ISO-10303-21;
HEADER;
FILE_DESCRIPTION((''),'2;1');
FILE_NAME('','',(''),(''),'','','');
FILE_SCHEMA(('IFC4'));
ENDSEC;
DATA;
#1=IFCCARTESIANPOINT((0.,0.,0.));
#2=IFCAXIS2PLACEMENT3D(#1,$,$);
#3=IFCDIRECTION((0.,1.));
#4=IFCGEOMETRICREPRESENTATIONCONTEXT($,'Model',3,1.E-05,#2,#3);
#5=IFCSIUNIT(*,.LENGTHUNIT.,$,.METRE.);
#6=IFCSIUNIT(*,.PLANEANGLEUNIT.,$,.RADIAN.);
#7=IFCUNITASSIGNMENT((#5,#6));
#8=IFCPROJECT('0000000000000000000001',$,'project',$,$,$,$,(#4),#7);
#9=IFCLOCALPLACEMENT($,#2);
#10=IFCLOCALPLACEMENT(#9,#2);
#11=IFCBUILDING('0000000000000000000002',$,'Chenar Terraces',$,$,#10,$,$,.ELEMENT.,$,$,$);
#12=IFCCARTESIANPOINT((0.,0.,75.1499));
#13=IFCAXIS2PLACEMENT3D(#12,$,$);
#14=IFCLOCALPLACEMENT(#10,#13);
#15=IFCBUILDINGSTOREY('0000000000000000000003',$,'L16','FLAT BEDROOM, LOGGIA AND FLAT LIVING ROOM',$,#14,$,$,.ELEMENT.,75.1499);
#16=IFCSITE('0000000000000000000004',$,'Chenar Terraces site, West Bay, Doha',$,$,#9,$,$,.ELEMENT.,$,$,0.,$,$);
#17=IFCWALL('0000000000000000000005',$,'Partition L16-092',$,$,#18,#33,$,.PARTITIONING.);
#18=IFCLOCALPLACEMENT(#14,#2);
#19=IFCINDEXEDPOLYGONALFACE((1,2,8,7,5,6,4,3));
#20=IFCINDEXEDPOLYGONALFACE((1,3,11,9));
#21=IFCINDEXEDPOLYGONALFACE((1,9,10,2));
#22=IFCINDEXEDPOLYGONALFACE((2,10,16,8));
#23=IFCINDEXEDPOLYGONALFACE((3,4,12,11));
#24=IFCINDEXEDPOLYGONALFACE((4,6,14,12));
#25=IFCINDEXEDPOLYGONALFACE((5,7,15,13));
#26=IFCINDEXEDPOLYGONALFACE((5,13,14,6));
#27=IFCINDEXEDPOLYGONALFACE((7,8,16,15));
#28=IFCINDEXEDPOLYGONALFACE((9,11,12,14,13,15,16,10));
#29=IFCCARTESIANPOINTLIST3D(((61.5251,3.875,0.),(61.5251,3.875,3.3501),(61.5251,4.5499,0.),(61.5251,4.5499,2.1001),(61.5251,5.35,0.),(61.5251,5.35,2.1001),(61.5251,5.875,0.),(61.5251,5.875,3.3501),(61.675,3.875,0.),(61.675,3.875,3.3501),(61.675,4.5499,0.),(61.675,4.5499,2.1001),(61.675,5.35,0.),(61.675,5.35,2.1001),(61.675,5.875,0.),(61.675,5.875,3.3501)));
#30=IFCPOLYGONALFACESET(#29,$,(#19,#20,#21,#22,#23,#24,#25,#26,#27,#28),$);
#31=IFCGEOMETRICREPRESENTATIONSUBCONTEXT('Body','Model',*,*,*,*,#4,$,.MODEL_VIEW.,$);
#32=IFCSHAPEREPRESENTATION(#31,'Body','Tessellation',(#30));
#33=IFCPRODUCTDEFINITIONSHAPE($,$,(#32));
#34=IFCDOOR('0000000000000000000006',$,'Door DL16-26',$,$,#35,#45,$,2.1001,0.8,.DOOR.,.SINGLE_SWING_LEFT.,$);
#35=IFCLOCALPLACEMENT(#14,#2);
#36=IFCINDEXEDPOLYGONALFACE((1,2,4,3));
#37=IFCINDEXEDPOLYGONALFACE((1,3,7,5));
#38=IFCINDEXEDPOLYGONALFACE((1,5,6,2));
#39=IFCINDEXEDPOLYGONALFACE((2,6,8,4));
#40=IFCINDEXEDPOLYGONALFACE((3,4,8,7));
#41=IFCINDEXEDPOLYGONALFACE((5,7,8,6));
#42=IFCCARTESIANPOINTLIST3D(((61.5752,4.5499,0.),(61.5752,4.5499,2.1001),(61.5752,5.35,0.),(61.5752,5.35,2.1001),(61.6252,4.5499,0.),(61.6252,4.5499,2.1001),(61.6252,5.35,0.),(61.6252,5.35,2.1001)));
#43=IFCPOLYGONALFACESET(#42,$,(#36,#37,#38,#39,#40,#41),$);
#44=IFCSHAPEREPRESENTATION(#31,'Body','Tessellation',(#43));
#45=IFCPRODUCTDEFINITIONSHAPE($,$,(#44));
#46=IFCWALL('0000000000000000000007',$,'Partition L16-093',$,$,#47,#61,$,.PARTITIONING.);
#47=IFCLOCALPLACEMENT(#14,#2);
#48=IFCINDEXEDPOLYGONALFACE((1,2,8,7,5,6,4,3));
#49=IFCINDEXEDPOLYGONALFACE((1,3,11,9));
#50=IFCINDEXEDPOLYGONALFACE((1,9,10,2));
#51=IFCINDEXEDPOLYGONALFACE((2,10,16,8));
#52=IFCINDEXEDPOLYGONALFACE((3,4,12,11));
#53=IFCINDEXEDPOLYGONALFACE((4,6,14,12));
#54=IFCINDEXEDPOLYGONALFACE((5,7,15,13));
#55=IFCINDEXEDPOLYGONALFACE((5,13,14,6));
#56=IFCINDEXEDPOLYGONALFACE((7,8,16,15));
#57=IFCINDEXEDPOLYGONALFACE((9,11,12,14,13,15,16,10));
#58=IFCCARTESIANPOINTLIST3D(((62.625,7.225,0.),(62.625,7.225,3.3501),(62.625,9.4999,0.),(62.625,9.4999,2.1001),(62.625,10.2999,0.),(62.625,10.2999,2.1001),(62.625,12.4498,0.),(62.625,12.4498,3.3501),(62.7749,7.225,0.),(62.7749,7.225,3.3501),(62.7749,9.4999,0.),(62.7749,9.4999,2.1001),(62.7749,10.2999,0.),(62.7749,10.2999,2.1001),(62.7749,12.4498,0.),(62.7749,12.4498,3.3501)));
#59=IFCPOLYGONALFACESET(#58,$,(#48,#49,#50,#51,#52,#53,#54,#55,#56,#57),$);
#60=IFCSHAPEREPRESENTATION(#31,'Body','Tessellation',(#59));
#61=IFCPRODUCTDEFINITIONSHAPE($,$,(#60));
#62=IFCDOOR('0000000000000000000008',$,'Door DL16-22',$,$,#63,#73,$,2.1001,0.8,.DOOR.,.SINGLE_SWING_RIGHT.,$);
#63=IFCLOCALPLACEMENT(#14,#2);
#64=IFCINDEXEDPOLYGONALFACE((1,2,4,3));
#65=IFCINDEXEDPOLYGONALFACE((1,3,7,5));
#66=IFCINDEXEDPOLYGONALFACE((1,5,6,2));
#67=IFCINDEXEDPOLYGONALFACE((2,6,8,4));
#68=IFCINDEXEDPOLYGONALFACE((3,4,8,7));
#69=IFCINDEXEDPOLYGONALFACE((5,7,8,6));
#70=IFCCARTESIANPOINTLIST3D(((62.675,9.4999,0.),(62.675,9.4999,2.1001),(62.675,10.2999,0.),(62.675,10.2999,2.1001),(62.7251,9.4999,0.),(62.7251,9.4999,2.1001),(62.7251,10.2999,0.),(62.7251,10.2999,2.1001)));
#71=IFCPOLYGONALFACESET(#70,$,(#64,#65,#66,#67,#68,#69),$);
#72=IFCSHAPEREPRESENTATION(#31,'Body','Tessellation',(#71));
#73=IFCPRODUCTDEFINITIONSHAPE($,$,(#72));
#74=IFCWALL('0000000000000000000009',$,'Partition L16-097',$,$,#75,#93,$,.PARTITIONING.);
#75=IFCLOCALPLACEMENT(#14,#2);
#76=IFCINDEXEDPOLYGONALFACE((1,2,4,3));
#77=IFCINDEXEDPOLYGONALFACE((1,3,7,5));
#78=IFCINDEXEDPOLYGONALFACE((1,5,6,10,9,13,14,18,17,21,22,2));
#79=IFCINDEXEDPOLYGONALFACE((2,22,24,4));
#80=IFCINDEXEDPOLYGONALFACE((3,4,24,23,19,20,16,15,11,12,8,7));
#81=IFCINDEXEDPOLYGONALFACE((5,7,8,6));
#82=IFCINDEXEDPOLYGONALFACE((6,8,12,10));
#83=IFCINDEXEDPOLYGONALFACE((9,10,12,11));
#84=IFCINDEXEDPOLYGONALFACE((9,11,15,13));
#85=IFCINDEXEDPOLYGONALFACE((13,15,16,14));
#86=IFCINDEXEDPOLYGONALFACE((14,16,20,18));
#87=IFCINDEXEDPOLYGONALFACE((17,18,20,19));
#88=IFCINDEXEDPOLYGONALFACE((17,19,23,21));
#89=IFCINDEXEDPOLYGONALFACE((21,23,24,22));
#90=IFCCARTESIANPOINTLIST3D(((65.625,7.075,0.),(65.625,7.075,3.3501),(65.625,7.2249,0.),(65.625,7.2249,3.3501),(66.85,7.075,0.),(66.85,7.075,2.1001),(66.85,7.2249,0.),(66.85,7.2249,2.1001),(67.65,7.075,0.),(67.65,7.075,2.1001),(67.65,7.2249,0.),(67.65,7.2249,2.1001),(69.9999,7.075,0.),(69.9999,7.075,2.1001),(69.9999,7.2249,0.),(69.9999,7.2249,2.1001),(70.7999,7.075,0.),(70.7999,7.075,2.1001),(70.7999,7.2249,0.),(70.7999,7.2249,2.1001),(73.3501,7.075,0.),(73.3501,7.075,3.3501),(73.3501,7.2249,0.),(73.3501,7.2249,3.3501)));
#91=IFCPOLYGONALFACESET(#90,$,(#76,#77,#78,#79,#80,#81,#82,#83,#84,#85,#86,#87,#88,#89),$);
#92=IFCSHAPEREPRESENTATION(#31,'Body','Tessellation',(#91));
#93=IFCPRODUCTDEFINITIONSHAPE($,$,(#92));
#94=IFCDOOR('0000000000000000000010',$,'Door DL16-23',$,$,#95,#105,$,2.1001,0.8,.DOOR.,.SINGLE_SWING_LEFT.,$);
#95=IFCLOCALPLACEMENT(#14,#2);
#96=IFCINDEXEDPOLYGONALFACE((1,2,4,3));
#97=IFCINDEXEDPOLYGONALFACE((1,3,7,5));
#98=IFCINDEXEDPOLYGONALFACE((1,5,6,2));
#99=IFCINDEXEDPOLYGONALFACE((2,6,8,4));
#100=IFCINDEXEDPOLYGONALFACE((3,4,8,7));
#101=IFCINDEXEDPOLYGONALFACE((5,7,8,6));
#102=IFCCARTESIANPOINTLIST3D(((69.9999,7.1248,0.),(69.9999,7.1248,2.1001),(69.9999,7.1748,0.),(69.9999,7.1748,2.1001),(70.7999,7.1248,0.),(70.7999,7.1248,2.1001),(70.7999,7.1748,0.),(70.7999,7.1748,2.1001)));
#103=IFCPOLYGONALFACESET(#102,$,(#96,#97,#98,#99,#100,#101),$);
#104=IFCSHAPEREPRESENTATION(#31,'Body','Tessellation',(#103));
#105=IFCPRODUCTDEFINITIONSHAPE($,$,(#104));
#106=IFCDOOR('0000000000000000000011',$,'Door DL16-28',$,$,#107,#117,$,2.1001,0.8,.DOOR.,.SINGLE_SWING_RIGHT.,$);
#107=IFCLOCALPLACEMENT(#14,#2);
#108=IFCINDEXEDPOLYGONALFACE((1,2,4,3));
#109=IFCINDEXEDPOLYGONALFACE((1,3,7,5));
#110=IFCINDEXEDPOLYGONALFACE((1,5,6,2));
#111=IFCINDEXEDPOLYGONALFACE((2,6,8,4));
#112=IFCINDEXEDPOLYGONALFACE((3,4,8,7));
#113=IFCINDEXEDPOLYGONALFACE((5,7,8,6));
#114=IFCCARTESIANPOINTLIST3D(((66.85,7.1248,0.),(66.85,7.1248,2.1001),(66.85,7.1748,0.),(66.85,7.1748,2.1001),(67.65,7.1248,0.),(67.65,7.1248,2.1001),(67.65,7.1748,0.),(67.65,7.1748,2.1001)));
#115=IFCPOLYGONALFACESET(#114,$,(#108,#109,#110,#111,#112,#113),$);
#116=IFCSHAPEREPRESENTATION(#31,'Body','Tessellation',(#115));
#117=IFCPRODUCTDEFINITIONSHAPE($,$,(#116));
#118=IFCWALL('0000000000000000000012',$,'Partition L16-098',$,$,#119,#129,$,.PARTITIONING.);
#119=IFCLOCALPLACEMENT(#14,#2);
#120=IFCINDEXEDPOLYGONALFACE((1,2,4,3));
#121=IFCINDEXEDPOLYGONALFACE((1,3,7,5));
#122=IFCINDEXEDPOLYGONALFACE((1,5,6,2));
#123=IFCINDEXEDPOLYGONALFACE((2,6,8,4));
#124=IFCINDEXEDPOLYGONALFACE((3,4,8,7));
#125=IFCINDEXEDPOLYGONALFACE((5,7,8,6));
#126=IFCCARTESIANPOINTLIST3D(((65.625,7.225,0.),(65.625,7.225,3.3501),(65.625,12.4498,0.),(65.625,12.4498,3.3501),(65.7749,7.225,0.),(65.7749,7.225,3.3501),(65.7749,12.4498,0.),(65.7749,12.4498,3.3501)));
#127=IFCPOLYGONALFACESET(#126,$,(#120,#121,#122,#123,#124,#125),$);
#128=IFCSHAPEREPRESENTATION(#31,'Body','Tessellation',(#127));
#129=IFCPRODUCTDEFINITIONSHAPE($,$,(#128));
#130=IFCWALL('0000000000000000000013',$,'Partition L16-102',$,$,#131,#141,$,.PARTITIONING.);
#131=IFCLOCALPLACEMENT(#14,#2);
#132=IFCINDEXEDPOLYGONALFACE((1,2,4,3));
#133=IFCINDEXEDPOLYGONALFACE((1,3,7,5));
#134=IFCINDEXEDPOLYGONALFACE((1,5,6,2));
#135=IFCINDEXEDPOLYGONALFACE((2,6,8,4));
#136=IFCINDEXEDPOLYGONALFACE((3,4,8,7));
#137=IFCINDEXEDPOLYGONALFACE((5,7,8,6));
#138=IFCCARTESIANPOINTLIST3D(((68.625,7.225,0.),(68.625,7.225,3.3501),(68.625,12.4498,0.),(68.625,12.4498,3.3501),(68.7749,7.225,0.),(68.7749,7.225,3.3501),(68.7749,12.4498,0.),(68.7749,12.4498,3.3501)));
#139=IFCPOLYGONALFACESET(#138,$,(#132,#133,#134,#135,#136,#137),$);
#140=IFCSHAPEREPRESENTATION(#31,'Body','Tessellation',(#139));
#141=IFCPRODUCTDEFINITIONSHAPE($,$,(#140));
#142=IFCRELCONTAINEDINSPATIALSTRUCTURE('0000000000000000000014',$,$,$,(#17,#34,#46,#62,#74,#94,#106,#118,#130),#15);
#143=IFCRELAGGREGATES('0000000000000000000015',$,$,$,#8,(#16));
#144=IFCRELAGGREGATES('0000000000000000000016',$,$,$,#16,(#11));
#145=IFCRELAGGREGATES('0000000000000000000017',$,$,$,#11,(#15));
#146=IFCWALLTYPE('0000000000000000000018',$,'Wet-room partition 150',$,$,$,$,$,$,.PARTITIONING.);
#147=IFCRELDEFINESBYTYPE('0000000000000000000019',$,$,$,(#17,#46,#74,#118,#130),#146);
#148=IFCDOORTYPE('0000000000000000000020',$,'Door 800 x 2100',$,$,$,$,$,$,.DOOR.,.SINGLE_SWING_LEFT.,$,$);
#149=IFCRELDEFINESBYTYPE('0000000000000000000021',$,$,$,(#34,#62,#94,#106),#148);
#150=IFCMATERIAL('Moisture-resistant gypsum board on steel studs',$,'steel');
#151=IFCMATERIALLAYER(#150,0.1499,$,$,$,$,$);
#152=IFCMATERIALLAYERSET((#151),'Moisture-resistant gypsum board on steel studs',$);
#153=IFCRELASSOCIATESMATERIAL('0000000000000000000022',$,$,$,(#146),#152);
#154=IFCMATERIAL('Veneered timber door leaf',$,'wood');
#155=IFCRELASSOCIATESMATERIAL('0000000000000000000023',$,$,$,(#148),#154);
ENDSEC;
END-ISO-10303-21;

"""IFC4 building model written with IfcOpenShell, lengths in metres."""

from ifc_helpers import new_model, si_unit, direction, frame, frame_2d, origin, place, context, subcontext, project, spatial, rectangle, extrude, material, layer, layer_set, type_object, element, fill, save


model = new_model("IFC4")

# Units and contexts
model_context = context("Model", 3, precision=1e-05, world=origin(), true_north=direction((0.0, 1.0)))
body_context = subcontext(model_context, "Body", "Model", "MODEL_VIEW")
ifc_project = project(units=[si_unit("LENGTHUNIT", "METRE"), si_unit("PLANEANGLEUNIT", "RADIAN")], contexts=[model_context])

# Site, building, storey
site_placement = place(None, origin())
site = spatial("IfcSite", under=ifc_project, at=site_placement, Name="Chenar Terraces site, West Bay, Doha", CompositionType="ELEMENT", RefElevation=0.0)
building_placement = place(site_placement, origin())
building = spatial("IfcBuilding", under=site, at=building_placement, Name="Chenar Terraces", CompositionType="ELEMENT")
storey_placement = place(building_placement, frame((0.0, 0.0, 75.1499)))
storey = spatial("IfcBuildingStorey", under=building, at=storey_placement, Name="L16", Description="FLAT BEDROOM, LOGGIA AND FLAT LIVING ROOM", CompositionType="ELEMENT", Elevation=75.1499)

# Shared definitions
ifc_material_1 = material(Name="Moisture-resistant gypsum board on steel studs", Category="steel")
ifc_layer_1 = layer(ifc_material_1, 0.1499)
ifc_layer_set_1 = layer_set([ifc_layer_1], Name="Moisture-resistant gypsum board on steel studs")
wall_type_1 = type_object("IfcWallType", Name="Wet-room partition 150", PredefinedType="PARTITIONING", material=ifc_layer_set_1)

# Walls, openings, doors
wall_1_placement = place(storey_placement, frame((61.6001, 3.875, 0.0), z_axis=(0.0, 0.0, 1.0), x_axis=(0.0, 1.0, 0.0)))
wall_1 = element("IfcWall", 1, at=wall_1_placement, inside=storey, type_object=wall_type_1, Name="Partition L16-092", PredefinedType="PARTITIONING", context=body_context, shape_type="SweptSolid", body=[
    extrude(rectangle(XDim=2.0, YDim=0.1499, at=frame_2d((1.0, 0.0))), origin(), (0.0, 0.0, 1.0), 3.3501),
])
opening_1_placement = place(wall_1_placement, frame((0.675, 0.0, 0.0)))
opening_1 = element("IfcOpeningElement", 2, at=opening_1_placement, cuts=wall_1, PredefinedType="OPENING", context=body_context, shape_type="SweptSolid", body=[
    extrude(rectangle(XDim=0.8, YDim=2.1001, at=frame_2d((0.3999, 1.05))), frame((0.0, 0.085, 0.0), z_axis=(0.0, -1.0, 0.0), x_axis=(1.0, 0.0, 0.0)), (0.0, 0.0, 1.0), 0.1699),
])
ifc_material_2 = material(Name="Veneered timber door leaf", Category="wood")
door_type_1 = type_object("IfcDoorType", Name="Door 800 x 2100", OperationType="SINGLE_SWING_LEFT", PredefinedType="DOOR", material=ifc_material_2)
door_1_placement = place(opening_1_placement, origin())
door_1 = element("IfcDoor", 3, at=door_1_placement, inside=storey, type_object=door_type_1, Name="Door DL16-26", OperationType="SINGLE_SWING_LEFT", OverallHeight=2.1001, OverallWidth=0.8, PredefinedType="DOOR", context=body_context, shape_type="SweptSolid", body=[
    extrude(rectangle(XDim=0.8, YDim=2.1001, at=frame_2d((0.3999, 1.05))), frame((0.0, 0.0249, 0.0), z_axis=(0.0, -1.0, 0.0), x_axis=(1.0, 0.0, 0.0)), (0.0, 0.0, 1.0), 0.05),
])
fill(opening_1, door_1)
wall_2_placement = place(storey_placement, frame((62.7, 7.2251, 0.0), z_axis=(0.0, 0.0, 1.0), x_axis=(0.0, 1.0, 0.0)))
wall_2 = element("IfcWall", 4, at=wall_2_placement, inside=storey, type_object=wall_type_1, Name="Partition L16-093", PredefinedType="PARTITIONING", context=body_context, shape_type="SweptSolid", body=[
    extrude(rectangle(XDim=5.2249, YDim=0.1499, at=frame_2d((2.6123, 0.0))), origin(), (0.0, 0.0, 1.0), 3.3501),
])
opening_2_placement = place(wall_2_placement, frame((2.2749, 0.0, 0.0)))
opening_2 = element("IfcOpeningElement", 5, at=opening_2_placement, cuts=wall_2, PredefinedType="OPENING", context=body_context, shape_type="SweptSolid", body=[
    extrude(rectangle(XDim=0.8, YDim=2.1001, at=frame_2d((0.3999, 1.05))), frame((0.0, 0.085, 0.0), z_axis=(0.0, -1.0, 0.0), x_axis=(1.0, 0.0, 0.0)), (0.0, 0.0, 1.0), 0.1699),
])
door_2_placement = place(opening_2_placement, origin())
door_2 = element("IfcDoor", 6, at=door_2_placement, inside=storey, type_object=door_type_1, Name="Door DL16-22", OperationType="SINGLE_SWING_RIGHT", OverallHeight=2.1001, OverallWidth=0.8, PredefinedType="DOOR", context=body_context, shape_type="SweptSolid", body=[
    extrude(rectangle(XDim=0.8, YDim=2.1001, at=frame_2d((0.3999, 1.05))), frame((0.0, 0.0249, 0.0), z_axis=(0.0, -1.0, 0.0), x_axis=(1.0, 0.0, 0.0)), (0.0, 0.0, 1.0), 0.05),
])
fill(opening_2, door_2)

# Wall, openings, doors
wall_3_placement = place(storey_placement, frame((65.625, 7.1499, 0.0), z_axis=(0.0, 0.0, 1.0), x_axis=(1.0, 0.0, 0.0)))
wall_3 = element("IfcWall", 7, at=wall_3_placement, inside=storey, type_object=wall_type_1, Name="Partition L16-097", PredefinedType="PARTITIONING", context=body_context, shape_type="SweptSolid", body=[
    extrude(rectangle(XDim=7.7251, YDim=0.1499, at=frame_2d((3.8625, 0.0))), origin(), (0.0, 0.0, 1.0), 3.3501),
])
opening_3_placement = place(wall_3_placement, frame((4.375, 0.0, 0.0)))
opening_3 = element("IfcOpeningElement", 8, at=opening_3_placement, cuts=wall_3, PredefinedType="OPENING", context=body_context, shape_type="SweptSolid", body=[
    extrude(rectangle(XDim=0.8, YDim=2.1001, at=frame_2d((0.3999, 1.05))), frame((0.0, 0.085, 0.0), z_axis=(0.0, -1.0, 0.0), x_axis=(1.0, 0.0, 0.0)), (0.0, 0.0, 1.0), 0.1699),
])
opening_4_placement = place(wall_3_placement, frame((1.2251, 0.0, 0.0)))
opening_4 = element("IfcOpeningElement", 9, at=opening_4_placement, cuts=wall_3, PredefinedType="OPENING", context=body_context, shape_type="SweptSolid", body=[
    extrude(rectangle(XDim=0.8, YDim=2.1001, at=frame_2d((0.3999, 1.05))), frame((0.0, 0.085, 0.0), z_axis=(0.0, -1.0, 0.0), x_axis=(1.0, 0.0, 0.0)), (0.0, 0.0, 1.0), 0.1699),
])
door_3_placement = place(opening_3_placement, origin())
door_3 = element("IfcDoor", 10, at=door_3_placement, inside=storey, type_object=door_type_1, Name="Door DL16-23", OperationType="SINGLE_SWING_LEFT", OverallHeight=2.1001, OverallWidth=0.8, PredefinedType="DOOR", context=body_context, shape_type="SweptSolid", body=[
    extrude(rectangle(XDim=0.8, YDim=2.1001, at=frame_2d((0.3999, 1.05))), frame((0.0, 0.0249, 0.0), z_axis=(0.0, -1.0, 0.0), x_axis=(1.0, 0.0, 0.0)), (0.0, 0.0, 1.0), 0.05),
])
fill(opening_3, door_3)
door_4_placement = place(opening_4_placement, origin())
door_4 = element("IfcDoor", 11, at=door_4_placement, inside=storey, type_object=door_type_1, Name="Door DL16-28", OperationType="SINGLE_SWING_RIGHT", OverallHeight=2.1001, OverallWidth=0.8, PredefinedType="DOOR", context=body_context, shape_type="SweptSolid", body=[
    extrude(rectangle(XDim=0.8, YDim=2.1001, at=frame_2d((0.3999, 1.05))), frame((0.0, 0.0249, 0.0), z_axis=(0.0, -1.0, 0.0), x_axis=(1.0, 0.0, 0.0)), (0.0, 0.0, 1.0), 0.05),
])
fill(opening_4, door_4)

# Walls
for number, where, z_axis, x_axis, name in (
    (12, (65.7, 7.2251, 0.0), (0.0, 0.0, 1.0), (0.0, 1.0, 0.0), "Partition L16-098"),
    (13, (68.7, 7.2251, 0.0), (0.0, 0.0, 1.0), (0.0, 1.0, 0.0), "Partition L16-102"),
):
    element("IfcWall", number, at=place(storey_placement, frame(where, z_axis=z_axis, x_axis=x_axis)), inside=storey, type_object=wall_type_1, Name=name, PredefinedType="PARTITIONING", context=body_context, shape_type="SweptSolid", body=[
        extrude(rectangle(XDim=5.2249, YDim=0.1499, at=frame_2d((2.6123, 0.0))), origin(), (0.0, 0.0, 1.0), 3.3501),
    ])

save(model, "model.ifc")
